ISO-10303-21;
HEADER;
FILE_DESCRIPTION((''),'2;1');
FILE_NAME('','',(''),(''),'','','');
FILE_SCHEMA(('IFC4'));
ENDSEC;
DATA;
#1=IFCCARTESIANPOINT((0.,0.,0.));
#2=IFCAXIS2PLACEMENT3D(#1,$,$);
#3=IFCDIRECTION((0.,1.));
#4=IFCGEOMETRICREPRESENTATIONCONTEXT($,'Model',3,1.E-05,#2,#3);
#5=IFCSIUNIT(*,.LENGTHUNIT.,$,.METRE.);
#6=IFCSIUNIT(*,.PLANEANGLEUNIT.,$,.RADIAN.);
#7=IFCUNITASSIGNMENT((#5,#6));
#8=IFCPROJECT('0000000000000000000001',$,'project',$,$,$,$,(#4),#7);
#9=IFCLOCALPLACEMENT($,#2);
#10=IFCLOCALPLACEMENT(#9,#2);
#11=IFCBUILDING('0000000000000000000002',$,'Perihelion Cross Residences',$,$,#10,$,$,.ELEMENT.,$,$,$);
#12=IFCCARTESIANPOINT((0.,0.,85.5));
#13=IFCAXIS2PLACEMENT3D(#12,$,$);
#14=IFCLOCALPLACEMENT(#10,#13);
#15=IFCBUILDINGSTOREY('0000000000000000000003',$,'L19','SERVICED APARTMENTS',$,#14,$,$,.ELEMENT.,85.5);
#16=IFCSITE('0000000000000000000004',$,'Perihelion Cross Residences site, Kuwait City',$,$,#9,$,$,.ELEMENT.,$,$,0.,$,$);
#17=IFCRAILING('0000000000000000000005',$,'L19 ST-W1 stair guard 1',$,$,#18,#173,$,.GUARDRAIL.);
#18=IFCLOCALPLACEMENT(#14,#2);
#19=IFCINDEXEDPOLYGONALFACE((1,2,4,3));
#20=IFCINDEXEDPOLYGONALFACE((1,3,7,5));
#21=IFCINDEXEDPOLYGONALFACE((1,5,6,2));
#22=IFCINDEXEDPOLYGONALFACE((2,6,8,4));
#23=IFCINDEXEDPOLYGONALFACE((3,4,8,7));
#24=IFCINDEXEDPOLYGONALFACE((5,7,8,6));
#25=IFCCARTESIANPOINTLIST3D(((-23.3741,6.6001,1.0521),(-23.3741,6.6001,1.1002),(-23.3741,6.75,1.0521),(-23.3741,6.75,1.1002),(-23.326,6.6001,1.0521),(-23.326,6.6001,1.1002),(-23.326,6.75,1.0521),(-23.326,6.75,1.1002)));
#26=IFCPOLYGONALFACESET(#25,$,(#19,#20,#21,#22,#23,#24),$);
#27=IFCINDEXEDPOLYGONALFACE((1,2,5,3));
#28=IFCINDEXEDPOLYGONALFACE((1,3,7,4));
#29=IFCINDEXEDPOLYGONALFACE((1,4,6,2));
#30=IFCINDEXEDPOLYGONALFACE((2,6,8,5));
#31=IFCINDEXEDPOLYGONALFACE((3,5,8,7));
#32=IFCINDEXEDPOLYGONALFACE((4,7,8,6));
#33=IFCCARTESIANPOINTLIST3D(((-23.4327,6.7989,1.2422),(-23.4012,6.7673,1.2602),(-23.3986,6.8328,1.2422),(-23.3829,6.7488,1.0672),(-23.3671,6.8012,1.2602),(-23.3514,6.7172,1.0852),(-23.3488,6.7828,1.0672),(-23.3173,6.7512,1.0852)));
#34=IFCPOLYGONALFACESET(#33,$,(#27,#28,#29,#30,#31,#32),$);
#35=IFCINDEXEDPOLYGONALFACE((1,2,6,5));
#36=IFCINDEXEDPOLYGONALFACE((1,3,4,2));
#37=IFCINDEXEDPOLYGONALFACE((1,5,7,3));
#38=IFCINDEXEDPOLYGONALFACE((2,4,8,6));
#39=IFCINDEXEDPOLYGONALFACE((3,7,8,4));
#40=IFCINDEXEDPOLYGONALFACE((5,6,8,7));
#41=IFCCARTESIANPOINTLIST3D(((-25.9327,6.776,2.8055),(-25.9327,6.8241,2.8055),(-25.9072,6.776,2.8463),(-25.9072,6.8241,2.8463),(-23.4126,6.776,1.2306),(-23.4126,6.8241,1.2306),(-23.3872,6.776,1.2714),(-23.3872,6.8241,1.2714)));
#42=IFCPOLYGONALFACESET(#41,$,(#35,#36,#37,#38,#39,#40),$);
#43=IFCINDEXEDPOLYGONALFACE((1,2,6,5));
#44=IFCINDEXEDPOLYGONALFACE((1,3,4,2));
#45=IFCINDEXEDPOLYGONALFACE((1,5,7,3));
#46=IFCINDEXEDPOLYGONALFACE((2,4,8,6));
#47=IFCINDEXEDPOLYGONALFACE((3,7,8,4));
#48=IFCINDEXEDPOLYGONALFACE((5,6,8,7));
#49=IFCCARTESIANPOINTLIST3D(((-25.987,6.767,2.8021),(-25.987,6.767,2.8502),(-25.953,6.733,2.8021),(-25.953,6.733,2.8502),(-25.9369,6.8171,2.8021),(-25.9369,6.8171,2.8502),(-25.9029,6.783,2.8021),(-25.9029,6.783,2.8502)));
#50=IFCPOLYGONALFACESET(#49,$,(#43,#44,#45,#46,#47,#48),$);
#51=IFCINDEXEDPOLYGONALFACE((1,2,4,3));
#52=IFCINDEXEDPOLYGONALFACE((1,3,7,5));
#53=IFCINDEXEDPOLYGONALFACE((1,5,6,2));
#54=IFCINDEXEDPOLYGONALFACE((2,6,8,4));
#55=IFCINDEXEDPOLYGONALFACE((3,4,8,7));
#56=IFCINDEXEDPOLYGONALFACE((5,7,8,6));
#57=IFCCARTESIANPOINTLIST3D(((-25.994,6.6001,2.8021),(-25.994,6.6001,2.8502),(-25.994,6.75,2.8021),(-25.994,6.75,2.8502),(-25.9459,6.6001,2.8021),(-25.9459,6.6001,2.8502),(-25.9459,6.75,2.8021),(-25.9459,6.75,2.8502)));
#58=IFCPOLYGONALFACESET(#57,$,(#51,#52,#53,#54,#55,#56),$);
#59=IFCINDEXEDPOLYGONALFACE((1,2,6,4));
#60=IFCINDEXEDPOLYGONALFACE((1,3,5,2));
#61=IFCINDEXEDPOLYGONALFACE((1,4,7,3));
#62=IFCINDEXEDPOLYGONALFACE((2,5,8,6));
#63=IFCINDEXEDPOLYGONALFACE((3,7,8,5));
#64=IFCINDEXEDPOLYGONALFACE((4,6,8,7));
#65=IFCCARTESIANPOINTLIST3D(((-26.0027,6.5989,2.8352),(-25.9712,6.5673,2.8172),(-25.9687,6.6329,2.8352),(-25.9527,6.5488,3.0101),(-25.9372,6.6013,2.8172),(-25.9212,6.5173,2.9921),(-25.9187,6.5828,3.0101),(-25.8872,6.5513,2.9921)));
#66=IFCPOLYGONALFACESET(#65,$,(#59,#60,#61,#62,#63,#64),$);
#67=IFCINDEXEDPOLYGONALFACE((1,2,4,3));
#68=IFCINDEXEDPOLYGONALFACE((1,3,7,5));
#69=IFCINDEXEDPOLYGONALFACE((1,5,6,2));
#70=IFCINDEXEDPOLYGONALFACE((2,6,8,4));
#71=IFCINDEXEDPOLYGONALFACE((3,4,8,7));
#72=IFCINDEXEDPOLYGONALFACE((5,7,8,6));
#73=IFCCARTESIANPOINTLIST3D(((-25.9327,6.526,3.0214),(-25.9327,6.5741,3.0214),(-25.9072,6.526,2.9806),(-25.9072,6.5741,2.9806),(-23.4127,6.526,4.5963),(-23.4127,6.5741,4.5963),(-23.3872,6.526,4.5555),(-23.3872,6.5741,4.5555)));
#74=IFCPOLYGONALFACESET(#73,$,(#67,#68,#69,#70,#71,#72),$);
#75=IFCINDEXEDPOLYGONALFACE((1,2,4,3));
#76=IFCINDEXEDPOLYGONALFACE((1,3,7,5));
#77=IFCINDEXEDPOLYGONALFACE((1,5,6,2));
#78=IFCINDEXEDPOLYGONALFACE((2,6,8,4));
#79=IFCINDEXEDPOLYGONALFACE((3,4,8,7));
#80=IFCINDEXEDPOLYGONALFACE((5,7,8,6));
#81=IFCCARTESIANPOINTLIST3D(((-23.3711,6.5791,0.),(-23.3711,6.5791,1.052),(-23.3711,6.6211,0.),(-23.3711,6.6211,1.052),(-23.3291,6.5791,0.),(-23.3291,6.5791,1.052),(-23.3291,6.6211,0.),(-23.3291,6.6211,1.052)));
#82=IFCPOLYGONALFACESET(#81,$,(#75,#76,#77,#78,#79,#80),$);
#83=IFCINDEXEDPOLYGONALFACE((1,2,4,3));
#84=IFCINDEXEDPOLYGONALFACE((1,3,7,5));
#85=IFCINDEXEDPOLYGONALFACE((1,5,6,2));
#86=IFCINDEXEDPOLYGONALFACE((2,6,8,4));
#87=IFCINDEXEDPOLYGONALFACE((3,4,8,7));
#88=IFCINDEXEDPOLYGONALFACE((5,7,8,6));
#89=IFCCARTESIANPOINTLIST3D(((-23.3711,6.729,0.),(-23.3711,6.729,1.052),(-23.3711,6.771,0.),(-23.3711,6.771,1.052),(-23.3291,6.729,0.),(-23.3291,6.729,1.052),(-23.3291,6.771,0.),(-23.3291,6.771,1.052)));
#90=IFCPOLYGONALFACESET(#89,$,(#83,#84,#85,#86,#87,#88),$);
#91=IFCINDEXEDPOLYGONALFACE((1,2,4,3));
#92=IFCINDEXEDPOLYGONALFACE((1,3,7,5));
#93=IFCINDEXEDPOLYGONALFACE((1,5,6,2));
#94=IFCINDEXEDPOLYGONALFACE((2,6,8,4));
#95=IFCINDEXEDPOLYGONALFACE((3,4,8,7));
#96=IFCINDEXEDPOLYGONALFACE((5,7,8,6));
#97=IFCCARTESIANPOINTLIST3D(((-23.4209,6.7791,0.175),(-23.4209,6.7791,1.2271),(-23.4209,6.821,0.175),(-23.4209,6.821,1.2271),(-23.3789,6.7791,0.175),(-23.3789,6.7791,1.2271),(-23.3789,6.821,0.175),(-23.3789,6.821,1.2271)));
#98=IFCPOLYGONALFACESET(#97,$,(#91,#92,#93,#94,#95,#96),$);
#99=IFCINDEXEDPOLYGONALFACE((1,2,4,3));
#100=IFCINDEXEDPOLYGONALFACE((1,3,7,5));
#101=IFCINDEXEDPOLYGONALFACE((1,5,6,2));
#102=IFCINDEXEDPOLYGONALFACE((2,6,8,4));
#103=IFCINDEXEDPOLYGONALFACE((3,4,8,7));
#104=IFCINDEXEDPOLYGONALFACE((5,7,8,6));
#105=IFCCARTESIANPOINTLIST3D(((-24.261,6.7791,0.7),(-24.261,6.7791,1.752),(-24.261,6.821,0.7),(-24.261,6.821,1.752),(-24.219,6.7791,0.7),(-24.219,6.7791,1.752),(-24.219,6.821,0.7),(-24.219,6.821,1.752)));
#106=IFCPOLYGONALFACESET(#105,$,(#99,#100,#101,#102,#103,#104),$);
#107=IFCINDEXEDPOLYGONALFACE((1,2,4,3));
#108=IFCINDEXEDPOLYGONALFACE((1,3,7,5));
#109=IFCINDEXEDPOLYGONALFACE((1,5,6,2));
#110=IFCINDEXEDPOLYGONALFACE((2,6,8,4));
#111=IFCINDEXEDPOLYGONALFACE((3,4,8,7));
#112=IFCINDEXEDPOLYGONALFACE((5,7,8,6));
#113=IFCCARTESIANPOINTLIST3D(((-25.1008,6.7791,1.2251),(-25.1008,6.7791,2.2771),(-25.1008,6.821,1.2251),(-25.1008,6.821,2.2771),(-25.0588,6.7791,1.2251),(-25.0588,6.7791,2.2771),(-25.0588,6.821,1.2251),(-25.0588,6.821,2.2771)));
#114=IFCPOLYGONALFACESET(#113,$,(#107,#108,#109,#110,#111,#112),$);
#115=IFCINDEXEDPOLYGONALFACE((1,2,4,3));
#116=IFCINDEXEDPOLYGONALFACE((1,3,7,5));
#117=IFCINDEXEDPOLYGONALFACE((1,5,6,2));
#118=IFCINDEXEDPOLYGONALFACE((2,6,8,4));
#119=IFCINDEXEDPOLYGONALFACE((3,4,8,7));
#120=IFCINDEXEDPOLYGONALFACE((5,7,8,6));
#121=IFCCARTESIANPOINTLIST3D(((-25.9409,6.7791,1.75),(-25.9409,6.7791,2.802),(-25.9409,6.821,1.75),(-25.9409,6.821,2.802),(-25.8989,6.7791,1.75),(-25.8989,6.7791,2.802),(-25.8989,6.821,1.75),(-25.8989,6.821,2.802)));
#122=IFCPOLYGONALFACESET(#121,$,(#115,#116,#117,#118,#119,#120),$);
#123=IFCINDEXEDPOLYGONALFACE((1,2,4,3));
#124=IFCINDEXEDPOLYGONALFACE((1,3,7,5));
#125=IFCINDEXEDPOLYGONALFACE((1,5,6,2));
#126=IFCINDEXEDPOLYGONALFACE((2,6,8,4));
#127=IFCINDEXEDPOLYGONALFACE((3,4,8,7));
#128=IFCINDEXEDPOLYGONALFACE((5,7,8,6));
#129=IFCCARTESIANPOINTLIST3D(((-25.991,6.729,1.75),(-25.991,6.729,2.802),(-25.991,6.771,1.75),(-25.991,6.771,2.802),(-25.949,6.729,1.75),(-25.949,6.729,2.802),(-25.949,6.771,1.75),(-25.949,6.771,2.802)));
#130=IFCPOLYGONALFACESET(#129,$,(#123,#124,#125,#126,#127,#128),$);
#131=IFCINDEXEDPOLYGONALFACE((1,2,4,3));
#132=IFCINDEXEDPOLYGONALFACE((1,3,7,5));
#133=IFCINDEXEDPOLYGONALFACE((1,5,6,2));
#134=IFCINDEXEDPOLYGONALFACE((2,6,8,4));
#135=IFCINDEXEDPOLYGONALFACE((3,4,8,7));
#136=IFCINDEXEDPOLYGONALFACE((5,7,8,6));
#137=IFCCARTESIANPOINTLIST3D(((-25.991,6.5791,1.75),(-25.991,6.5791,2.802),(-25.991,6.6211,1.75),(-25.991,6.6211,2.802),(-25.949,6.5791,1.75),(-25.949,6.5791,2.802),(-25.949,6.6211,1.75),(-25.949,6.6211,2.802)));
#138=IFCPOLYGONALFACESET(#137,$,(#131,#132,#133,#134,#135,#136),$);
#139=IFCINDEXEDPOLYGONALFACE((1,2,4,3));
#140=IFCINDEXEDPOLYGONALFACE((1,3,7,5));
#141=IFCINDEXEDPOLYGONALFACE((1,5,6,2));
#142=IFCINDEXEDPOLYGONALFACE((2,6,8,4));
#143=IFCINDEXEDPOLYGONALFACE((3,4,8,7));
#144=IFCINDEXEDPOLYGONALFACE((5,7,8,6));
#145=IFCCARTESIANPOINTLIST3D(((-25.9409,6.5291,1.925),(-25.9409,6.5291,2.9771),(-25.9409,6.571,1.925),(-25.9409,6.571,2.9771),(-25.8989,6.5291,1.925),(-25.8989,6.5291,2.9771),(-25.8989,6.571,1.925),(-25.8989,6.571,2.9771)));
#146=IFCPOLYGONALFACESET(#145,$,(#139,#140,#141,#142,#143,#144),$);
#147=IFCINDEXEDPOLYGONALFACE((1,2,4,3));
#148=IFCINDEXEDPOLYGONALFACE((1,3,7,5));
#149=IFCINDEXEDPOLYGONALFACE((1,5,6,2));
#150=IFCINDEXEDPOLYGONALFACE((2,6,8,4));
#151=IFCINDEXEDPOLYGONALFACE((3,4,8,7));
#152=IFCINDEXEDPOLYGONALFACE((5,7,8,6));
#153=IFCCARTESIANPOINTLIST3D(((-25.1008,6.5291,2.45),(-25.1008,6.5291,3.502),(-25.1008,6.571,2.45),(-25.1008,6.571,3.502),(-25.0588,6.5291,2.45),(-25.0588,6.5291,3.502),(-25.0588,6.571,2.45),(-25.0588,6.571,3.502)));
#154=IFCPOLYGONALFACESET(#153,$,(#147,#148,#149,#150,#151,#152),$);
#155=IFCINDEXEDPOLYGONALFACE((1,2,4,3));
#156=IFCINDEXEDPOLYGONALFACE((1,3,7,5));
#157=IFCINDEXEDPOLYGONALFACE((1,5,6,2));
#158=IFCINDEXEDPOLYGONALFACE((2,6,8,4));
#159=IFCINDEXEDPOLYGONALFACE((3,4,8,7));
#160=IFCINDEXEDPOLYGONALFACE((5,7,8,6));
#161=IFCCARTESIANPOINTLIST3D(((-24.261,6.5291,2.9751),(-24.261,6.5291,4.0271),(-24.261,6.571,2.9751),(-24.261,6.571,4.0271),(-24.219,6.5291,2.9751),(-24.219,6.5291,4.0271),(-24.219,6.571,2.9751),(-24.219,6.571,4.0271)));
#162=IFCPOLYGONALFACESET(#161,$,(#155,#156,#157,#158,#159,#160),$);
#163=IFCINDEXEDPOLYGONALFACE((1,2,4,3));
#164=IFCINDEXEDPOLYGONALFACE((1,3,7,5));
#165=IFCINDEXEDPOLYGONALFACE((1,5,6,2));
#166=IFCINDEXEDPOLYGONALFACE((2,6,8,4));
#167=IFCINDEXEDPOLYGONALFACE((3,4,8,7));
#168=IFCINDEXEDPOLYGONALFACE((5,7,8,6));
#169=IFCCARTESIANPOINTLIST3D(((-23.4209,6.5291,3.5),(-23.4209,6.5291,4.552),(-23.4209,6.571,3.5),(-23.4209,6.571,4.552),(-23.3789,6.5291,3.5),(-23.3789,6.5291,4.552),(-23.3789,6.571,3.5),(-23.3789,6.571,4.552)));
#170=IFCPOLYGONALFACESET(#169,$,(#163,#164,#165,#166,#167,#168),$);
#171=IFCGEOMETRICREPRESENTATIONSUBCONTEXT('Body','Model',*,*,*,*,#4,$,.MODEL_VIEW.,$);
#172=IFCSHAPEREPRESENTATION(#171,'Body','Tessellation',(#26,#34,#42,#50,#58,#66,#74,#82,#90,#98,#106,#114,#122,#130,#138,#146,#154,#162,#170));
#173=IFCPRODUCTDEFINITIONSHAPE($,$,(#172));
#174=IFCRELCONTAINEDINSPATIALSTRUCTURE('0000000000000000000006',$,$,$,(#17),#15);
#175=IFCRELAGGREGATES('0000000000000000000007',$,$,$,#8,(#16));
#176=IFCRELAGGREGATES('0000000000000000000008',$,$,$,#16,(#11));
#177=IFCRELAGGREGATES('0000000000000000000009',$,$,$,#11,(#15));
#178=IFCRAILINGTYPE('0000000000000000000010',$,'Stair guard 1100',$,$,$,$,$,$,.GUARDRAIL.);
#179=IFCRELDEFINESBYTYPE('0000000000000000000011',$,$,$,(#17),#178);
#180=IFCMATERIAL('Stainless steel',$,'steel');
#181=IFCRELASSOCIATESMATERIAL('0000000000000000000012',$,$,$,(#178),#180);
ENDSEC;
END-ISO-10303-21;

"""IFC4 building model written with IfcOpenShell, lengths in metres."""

from ifc_helpers import new_model, si_unit, direction, frame, origin, origin_2d, place, context, subcontext, project, spatial, rectangle, extrude, material, type_object, element, save


model = new_model("IFC4")

# Units and contexts
model_context = context("Model", 3, precision=1e-05, world=origin(), true_north=direction((0.0, 1.0)))
body_context = subcontext(model_context, "Body", "Model", "MODEL_VIEW")
ifc_project = project(units=[si_unit("LENGTHUNIT", "METRE"), si_unit("PLANEANGLEUNIT", "RADIAN")], contexts=[model_context])

# Site, building, storey
site_placement = place(None, origin())
site = spatial("IfcSite", under=ifc_project, at=site_placement, Name="Perihelion Cross Residences site, Kuwait City", CompositionType="ELEMENT", RefElevation=0.0)
building_placement = place(site_placement, origin())
building = spatial("IfcBuilding", under=site, at=building_placement, Name="Perihelion Cross Residences", CompositionType="ELEMENT")
storey_placement = place(building_placement, frame((0.0, 0.0, 85.5)))
storey = spatial("IfcBuildingStorey", under=building, at=storey_placement, Name="L19", Description="SERVICED APARTMENTS", CompositionType="ELEMENT", Elevation=85.5)

# Railing
ifc_material_1 = material(Name="Stainless steel", Category="steel")
railing_type_1 = type_object("IfcRailingType", Name="Stair guard 1100", PredefinedType="GUARDRAIL", material=ifc_material_1)
railing_1_placement = place(storey_placement, frame((-23.3501, 6.6001, 0.0)))
element("IfcRailing", 1, at=railing_1_placement, inside=storey, type_object=railing_type_1, Name="L19 ST-W1 stair guard 1", PredefinedType="GUARDRAIL", context=body_context, shape_type="SweptSolid", body=[
    extrude(rectangle(XDim=0.0481, YDim=0.0481, at=origin_2d()), frame((0.0, 0.0, 1.0762), z_axis=(0.0, 1.0, 0.0), x_axis=(-1.0, 0.0, 0.0)), (0.0, 0.0, 1.0), 0.1499),
    extrude(rectangle(XDim=0.0481, YDim=0.0481, at=origin_2d()), frame((0.0, 0.1499, 1.0762), z_axis=(-0.263862, 0.265156, 0.927399), x_axis=(-0.708834, -0.705376, 0.0)), (0.0, 0.0, 1.0), 0.1887),
    extrude(rectangle(XDim=0.0481, YDim=0.0481, at=origin_2d()), frame((-0.0498, 0.2, 1.251), z_axis=(-0.848008, 0.0, 0.529984), x_axis=(0.0, -1.0, 0.0)), (0.0, 0.0, 1.0), 2.9717),
    extrude(rectangle(XDim=0.0481, YDim=0.0481, at=origin_2d()), frame((-2.5698, 0.2, 2.8262), z_axis=(-0.707107, -0.707107, 0.0), x_axis=(0.707107, -0.707107, 0.0)), (0.0, 0.0, 1.0), 0.0708),
    extrude(rectangle(XDim=0.0481, YDim=0.0481, at=origin_2d()), frame((-2.6199, 0.1499, 2.8262), z_axis=(0.0, -1.0, 0.0), x_axis=(1.0, 0.0, 0.0)), (0.0, 0.0, 1.0), 0.1499),
    extrude(rectangle(XDim=0.0481, YDim=0.0481, at=origin_2d()), frame((-2.6199, 0.0, 2.8262), z_axis=(0.265065, -0.265065, 0.927082), x_axis=(0.707107, 0.707107, 0.0)), (0.0, 0.0, 1.0), 0.1887),
    extrude(rectangle(XDim=0.0481, YDim=0.0481, at=origin_2d()), frame((-2.5698, -0.05, 3.001), z_axis=(0.848008, 0.0, 0.529984), x_axis=(0.0, 1.0, 0.0)), (0.0, 0.0, 1.0), 2.9717),
    extrude(rectangle(XDim=0.042, YDim=0.042, at=origin_2d()), origin(), (0.0, 0.0, 1.0), 1.052),
    extrude(rectangle(XDim=0.042, YDim=0.042, at=origin_2d()), frame((0.0, 0.1499, 0.0)), (0.0, 0.0, 1.0), 1.052),
    extrude(rectangle(XDim=0.042, YDim=0.042, at=origin_2d()), frame((-0.0498, 0.2, 0.175)), (0.0, 0.0, 1.0), 1.052),
    extrude(rectangle(XDim=0.042, YDim=0.042, at=origin_2d()), frame((-0.8899, 0.2, 0.7)), (0.0, 0.0, 1.0), 1.052),
    extrude(rectangle(XDim=0.042, YDim=0.042, at=origin_2d()), frame((-1.7297, 0.2, 1.2251)), (0.0, 0.0, 1.0), 1.052),
    extrude(rectangle(XDim=0.042, YDim=0.042, at=origin_2d()), frame((-2.5698, 0.2, 1.75)), (0.0, 0.0, 1.0), 1.052),
    extrude(rectangle(XDim=0.042, YDim=0.042, at=origin_2d()), frame((-2.6199, 0.1499, 1.75)), (0.0, 0.0, 1.0), 1.052),
    extrude(rectangle(XDim=0.042, YDim=0.042, at=origin_2d()), frame((-2.6199, 0.0, 1.75)), (0.0, 0.0, 1.0), 1.052),
    extrude(rectangle(XDim=0.042, YDim=0.042, at=origin_2d()), frame((-2.5698, -0.05, 1.925)), (0.0, 0.0, 1.0), 1.052),
    extrude(rectangle(XDim=0.042, YDim=0.042, at=origin_2d()), frame((-1.7297, -0.05, 2.45)), (0.0, 0.0, 1.0), 1.052),
    extrude(rectangle(XDim=0.042, YDim=0.042, at=origin_2d()), frame((-0.8899, -0.05, 2.9751)), (0.0, 0.0, 1.0), 1.052),
    extrude(rectangle(XDim=0.042, YDim=0.042, at=origin_2d()), frame((-0.0498, -0.05, 3.5)), (0.0, 0.0, 1.0), 1.052),
])

save(model, "model.ifc")
